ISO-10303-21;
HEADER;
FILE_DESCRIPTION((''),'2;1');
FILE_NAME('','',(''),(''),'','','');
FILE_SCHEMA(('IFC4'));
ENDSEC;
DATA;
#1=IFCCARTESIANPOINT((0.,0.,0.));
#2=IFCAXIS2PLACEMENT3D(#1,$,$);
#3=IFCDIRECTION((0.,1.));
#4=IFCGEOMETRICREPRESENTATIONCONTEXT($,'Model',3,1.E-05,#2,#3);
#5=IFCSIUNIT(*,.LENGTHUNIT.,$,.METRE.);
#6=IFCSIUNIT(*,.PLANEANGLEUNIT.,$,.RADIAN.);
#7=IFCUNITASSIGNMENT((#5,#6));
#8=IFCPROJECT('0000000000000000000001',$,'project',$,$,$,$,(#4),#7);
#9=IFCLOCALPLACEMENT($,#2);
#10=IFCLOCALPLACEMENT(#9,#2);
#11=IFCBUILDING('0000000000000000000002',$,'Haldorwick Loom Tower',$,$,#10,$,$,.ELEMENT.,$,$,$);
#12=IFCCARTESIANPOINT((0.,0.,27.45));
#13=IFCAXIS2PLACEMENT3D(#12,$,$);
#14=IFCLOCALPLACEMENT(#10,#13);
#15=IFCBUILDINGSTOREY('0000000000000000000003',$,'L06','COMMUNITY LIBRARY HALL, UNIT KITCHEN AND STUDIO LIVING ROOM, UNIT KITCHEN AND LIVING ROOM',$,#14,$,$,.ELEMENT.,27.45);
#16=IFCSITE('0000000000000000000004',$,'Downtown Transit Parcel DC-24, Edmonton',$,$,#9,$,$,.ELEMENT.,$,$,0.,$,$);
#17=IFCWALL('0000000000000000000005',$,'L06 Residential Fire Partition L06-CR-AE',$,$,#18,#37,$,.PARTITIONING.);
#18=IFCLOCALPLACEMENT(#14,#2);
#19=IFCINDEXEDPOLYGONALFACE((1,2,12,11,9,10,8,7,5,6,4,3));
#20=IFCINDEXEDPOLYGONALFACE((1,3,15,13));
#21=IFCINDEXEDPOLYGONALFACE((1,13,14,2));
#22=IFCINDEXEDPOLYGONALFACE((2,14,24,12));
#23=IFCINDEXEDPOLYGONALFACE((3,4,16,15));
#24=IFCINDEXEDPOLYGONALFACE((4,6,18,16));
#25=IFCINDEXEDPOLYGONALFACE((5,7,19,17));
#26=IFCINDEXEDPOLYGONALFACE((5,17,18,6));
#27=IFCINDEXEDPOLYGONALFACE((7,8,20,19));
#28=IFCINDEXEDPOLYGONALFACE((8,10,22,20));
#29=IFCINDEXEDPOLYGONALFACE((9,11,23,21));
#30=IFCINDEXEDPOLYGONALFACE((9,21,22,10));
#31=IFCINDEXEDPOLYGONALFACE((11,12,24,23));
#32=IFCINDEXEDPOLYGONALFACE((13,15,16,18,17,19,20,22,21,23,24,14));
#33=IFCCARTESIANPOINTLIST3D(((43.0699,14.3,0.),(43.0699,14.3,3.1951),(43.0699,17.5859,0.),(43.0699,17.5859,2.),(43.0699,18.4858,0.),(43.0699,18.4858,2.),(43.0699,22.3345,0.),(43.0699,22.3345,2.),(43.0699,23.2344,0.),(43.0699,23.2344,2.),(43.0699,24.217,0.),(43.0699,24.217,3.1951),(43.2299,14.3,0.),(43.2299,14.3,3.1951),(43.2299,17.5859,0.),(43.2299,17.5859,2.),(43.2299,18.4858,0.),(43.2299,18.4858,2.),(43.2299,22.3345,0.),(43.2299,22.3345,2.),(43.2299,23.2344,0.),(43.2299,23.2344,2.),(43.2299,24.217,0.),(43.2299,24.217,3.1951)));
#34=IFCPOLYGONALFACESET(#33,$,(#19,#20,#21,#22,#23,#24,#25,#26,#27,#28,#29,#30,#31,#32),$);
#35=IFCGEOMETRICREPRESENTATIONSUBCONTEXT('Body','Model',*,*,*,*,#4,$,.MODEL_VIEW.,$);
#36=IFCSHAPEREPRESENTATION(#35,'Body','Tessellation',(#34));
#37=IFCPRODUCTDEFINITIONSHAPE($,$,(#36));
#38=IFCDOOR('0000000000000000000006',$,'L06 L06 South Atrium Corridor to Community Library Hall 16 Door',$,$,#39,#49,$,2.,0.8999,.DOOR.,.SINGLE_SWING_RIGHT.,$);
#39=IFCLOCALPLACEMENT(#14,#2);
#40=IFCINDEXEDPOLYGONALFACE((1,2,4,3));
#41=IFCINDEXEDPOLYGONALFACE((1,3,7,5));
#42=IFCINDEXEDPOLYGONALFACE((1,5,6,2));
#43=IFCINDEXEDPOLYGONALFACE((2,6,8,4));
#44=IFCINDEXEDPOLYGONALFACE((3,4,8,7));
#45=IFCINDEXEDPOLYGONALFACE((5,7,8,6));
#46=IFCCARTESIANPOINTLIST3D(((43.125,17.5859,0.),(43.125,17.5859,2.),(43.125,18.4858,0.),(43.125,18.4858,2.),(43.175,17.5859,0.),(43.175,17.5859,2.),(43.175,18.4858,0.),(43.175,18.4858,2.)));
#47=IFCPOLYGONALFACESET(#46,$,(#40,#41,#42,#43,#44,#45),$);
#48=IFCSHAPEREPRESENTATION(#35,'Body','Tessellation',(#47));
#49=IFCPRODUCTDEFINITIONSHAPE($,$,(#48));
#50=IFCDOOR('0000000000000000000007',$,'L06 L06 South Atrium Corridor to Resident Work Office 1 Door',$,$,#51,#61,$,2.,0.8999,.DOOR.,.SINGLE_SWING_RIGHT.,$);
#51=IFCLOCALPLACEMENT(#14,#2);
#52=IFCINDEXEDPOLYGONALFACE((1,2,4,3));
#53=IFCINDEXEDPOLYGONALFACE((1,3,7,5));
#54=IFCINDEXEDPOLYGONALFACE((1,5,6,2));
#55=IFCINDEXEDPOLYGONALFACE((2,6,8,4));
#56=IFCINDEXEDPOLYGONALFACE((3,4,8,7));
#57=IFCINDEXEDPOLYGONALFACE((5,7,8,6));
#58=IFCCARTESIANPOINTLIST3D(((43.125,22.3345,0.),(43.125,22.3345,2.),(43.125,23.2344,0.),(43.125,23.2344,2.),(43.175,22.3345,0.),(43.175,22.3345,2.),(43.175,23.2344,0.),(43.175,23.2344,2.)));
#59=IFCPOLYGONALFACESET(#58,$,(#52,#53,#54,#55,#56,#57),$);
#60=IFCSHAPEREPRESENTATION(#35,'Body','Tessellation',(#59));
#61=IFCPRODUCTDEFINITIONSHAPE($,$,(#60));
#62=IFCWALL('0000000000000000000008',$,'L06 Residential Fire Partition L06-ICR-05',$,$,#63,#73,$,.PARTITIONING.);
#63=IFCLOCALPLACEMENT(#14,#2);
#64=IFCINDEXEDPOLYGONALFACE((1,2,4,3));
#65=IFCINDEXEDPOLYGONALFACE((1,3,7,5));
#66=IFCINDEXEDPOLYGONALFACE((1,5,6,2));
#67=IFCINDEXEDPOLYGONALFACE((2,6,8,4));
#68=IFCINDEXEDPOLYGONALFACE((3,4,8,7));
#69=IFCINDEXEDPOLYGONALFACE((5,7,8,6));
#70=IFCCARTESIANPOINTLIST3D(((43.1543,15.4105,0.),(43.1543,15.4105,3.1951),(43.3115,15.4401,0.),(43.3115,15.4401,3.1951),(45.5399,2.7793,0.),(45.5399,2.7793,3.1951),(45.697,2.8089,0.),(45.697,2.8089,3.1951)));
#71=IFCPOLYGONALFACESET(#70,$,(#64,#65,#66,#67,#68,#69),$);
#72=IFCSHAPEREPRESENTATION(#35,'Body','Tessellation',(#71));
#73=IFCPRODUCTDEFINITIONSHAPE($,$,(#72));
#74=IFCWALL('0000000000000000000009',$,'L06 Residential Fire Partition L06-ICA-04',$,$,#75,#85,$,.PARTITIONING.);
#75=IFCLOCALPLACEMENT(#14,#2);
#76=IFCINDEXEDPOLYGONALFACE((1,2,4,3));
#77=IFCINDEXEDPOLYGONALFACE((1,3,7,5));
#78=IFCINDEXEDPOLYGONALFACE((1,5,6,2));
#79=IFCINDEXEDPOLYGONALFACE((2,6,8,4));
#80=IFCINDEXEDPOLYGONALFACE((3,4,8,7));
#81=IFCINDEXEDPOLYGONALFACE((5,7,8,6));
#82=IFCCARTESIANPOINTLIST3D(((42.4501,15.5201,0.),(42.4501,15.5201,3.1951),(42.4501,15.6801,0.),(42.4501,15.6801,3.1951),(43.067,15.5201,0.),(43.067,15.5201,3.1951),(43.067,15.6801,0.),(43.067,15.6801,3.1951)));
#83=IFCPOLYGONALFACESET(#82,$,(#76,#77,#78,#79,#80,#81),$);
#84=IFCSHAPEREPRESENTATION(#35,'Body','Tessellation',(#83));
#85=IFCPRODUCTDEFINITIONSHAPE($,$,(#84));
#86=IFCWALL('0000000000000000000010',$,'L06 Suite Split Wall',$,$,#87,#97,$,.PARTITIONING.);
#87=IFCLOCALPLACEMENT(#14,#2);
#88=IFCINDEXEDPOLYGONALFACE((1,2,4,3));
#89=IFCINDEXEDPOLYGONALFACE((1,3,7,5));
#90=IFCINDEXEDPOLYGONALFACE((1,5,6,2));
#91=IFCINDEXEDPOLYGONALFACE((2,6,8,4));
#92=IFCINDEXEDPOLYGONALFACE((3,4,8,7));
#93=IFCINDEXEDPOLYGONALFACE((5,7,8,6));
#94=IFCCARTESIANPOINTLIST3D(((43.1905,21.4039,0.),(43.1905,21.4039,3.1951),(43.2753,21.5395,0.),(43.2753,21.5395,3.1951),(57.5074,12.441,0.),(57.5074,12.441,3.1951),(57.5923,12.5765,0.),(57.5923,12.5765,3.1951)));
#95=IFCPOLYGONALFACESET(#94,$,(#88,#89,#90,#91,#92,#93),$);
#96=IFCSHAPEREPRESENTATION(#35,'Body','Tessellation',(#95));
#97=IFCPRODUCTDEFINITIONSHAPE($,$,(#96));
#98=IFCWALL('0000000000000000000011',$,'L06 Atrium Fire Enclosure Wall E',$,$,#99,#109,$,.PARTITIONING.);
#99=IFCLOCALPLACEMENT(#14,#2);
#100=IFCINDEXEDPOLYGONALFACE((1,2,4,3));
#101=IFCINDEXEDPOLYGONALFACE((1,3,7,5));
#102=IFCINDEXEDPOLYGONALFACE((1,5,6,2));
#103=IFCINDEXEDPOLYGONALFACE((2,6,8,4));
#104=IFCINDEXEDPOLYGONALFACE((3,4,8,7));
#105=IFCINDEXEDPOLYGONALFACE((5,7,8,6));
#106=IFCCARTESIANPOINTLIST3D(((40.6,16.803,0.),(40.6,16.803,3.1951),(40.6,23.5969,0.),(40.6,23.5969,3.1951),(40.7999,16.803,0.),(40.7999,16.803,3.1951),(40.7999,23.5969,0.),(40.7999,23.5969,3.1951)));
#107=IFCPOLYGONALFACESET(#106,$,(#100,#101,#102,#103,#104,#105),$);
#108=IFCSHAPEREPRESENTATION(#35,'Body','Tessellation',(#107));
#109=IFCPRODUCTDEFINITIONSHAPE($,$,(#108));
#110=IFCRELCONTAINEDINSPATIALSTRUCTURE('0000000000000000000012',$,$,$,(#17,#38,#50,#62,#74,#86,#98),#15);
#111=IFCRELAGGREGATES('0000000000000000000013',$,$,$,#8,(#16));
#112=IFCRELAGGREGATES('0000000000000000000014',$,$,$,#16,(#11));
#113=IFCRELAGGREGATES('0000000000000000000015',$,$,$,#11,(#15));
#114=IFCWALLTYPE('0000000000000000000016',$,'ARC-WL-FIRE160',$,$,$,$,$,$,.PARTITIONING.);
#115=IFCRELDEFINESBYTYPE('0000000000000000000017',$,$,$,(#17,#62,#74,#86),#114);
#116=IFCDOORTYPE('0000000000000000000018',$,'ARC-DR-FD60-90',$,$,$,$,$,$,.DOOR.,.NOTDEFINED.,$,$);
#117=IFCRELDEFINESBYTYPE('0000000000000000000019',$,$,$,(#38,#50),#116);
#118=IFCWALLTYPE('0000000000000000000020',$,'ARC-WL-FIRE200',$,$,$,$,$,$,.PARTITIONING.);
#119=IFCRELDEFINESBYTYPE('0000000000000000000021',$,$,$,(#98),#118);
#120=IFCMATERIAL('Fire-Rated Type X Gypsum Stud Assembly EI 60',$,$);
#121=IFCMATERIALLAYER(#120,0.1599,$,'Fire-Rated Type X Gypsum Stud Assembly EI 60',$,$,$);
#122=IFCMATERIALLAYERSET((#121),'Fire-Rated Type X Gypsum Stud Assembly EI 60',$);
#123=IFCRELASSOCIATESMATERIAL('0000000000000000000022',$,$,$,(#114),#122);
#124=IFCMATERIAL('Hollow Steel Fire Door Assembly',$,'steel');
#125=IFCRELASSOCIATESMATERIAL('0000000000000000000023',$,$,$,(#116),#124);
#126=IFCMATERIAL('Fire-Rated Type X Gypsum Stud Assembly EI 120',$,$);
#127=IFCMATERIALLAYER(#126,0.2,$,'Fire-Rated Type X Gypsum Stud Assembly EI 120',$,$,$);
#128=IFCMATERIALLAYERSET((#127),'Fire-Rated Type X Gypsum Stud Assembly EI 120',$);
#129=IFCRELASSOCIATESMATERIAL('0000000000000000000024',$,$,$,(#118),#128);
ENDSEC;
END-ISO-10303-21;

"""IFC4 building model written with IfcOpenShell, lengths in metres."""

from ifc_helpers import new_model, si_unit, direction, frame, frame_2d, origin, place, context, subcontext, project, spatial, rectangle, extrude, material, layer, layer_set, type_object, element, fill, save


model = new_model("IFC4")

# Units and contexts
model_context = context("Model", 3, precision=1e-05, world=origin(), true_north=direction((0.0, 1.0)))
body_context = subcontext(model_context, "Body", "Model", "MODEL_VIEW")
ifc_project = project(units=[si_unit("LENGTHUNIT", "METRE"), si_unit("PLANEANGLEUNIT", "RADIAN")], contexts=[model_context])

# Site, building, storey
site_placement = place(None, origin())
site = spatial("IfcSite", under=ifc_project, at=site_placement, Name="Downtown Transit Parcel DC-24, Edmonton", CompositionType="ELEMENT", RefElevation=0.0)
building_placement = place(site_placement, origin())
building = spatial("IfcBuilding", under=site, at=building_placement, Name="Haldorwick Loom Tower", CompositionType="ELEMENT")
storey_placement = place(building_placement, frame((0.0, 0.0, 27.45)))
storey = spatial("IfcBuildingStorey", under=building, at=storey_placement, Name="L06", Description="COMMUNITY LIBRARY HALL, UNIT KITCHEN AND STUDIO LIVING ROOM, UNIT KITCHEN AND LIVING ROOM", CompositionType="ELEMENT", Elevation=27.45)

# Wall, openings, doors
ifc_material_1 = material(Name="Fire-Rated Type X Gypsum Stud Assembly EI 60")
ifc_layer_1 = layer(ifc_material_1, 0.1599, Name="Fire-Rated Type X Gypsum Stud Assembly EI 60")
ifc_layer_set_1 = layer_set([ifc_layer_1], Name="Fire-Rated Type X Gypsum Stud Assembly EI 60")
wall_type_1 = type_object("IfcWallType", Name="ARC-WL-FIRE160", PredefinedType="PARTITIONING", material=ifc_layer_set_1)
wall_1_placement = place(storey_placement, frame((43.1499, 14.3, 0.0), z_axis=(0.0, 0.0, 1.0), x_axis=(0.0, 1.0, 0.0)))
wall_1 = element("IfcWall", 1, at=wall_1_placement, inside=storey, type_object=wall_type_1, Name="L06 Residential Fire Partition L06-CR-AE", PredefinedType="PARTITIONING", context=body_context, shape_type="SweptSolid", body=[
    extrude(rectangle(XDim=9.917, YDim=0.1599, at=frame_2d((4.9585, 0.0))), origin(), (0.0, 0.0, 1.0), 3.1951),
])
opening_1_placement = place(wall_1_placement, frame((3.2859, 0.0, 0.0)))
opening_1 = element("IfcOpeningElement", 2, at=opening_1_placement, cuts=wall_1, PredefinedType="OPENING", context=body_context, shape_type="SweptSolid", body=[
    extrude(rectangle(XDim=0.8999, YDim=2.0, at=frame_2d((0.45, 1.0))), frame((0.0, 0.0898, 0.0), z_axis=(0.0, -1.0, 0.0), x_axis=(1.0, 0.0, 0.0)), (0.0, 0.0, 1.0), 0.1799),
])
opening_2_placement = place(wall_1_placement, frame((8.0344, 0.0, 0.0)))
opening_2 = element("IfcOpeningElement", 3, at=opening_2_placement, cuts=wall_1, PredefinedType="OPENING", context=body_context, shape_type="SweptSolid", body=[
    extrude(rectangle(XDim=0.8999, YDim=2.0, at=frame_2d((0.45, 1.0))), frame((0.0, 0.0898, 0.0), z_axis=(0.0, -1.0, 0.0), x_axis=(1.0, 0.0, 0.0)), (0.0, 0.0, 1.0), 0.1799),
])
ifc_material_2 = material(Name="Hollow Steel Fire Door Assembly", Category="steel")
door_type = type_object("IfcDoorType", Name="ARC-DR-FD60-90", OperationType="NOTDEFINED", PredefinedType="DOOR", material=ifc_material_2)
door_1_placement = place(opening_1_placement, origin())
door_1 = element("IfcDoor", 4, at=door_1_placement, inside=storey, type_object=door_type, Name="L06 L06 South Atrium Corridor to Community Library Hall 16 Door", OperationType="SINGLE_SWING_RIGHT", OverallHeight=2.0, OverallWidth=0.8999, PredefinedType="DOOR", context=body_context, shape_type="SweptSolid", body=[
    extrude(rectangle(XDim=0.8999, YDim=2.0, at=frame_2d((0.45, 1.0))), frame((0.0, 0.0249, 0.0), z_axis=(0.0, -1.0, 0.0), x_axis=(1.0, 0.0, 0.0)), (0.0, 0.0, 1.0), 0.05),
])
fill(opening_1, door_1)
door_2_placement = place(opening_2_placement, origin())
door_2 = element("IfcDoor", 5, at=door_2_placement, inside=storey, type_object=door_type, Name="L06 L06 South Atrium Corridor to Resident Work Office 1 Door", OperationType="SINGLE_SWING_RIGHT", OverallHeight=2.0, OverallWidth=0.8999, PredefinedType="DOOR", context=body_context, shape_type="SweptSolid", body=[
    extrude(rectangle(XDim=0.8999, YDim=2.0, at=frame_2d((0.45, 1.0))), frame((0.0, 0.0249, 0.0), z_axis=(0.0, -1.0, 0.0), x_axis=(1.0, 0.0, 0.0)), (0.0, 0.0, 1.0), 0.05),
])
fill(opening_2, door_2)

# Walls
wall_2_placement = place(storey_placement, frame((43.2329, 15.4253, 0.0), z_axis=(0.0, 0.0, 1.0), x_axis=(0.185578, -0.982629, 0.0)))
element("IfcWall", 6, at=wall_2_placement, inside=storey, type_object=wall_type_1, Name="L06 Residential Fire Partition L06-ICR-05", PredefinedType="PARTITIONING", context=body_context, shape_type="SweptSolid", body=[
    extrude(rectangle(XDim=12.8545, YDim=0.1599, at=frame_2d((6.4272, 0.0))), origin(), (0.0, 0.0, 1.0), 3.1951),
])
wall_3_placement = place(storey_placement, frame((42.45, 15.6001, 0.0), z_axis=(0.0, 0.0, 1.0), x_axis=(1.0, 0.0, 0.0)))
element("IfcWall", 7, at=wall_3_placement, inside=storey, type_object=wall_type_1, Name="L06 Residential Fire Partition L06-ICA-04", PredefinedType="PARTITIONING", context=body_context, shape_type="SweptSolid", body=[
    extrude(rectangle(XDim=0.6169, YDim=0.1599, at=frame_2d((0.3086, 0.0))), origin(), (0.0, 0.0, 1.0), 3.1951),
])
wall_4_placement = place(storey_placement, frame((43.2329, 21.4717, 0.0), z_axis=(0.0, 0.0, 1.0), x_axis=(0.847603, -0.53063, 0.0)))
element("IfcWall", 8, at=wall_4_placement, inside=storey, type_object=wall_type_1, Name="L06 Suite Split Wall", PredefinedType="PARTITIONING", context=body_context, shape_type="SweptSolid", body=[
    extrude(rectangle(XDim=16.8911, YDim=0.1599, at=frame_2d((8.4456, 0.0))), origin(), (0.0, 0.0, 1.0), 3.1951),
])
ifc_material_3 = material(Name="Fire-Rated Type X Gypsum Stud Assembly EI 120")
ifc_layer_2 = layer(ifc_material_3, 0.2, Name="Fire-Rated Type X Gypsum Stud Assembly EI 120")
ifc_layer_set_2 = layer_set([ifc_layer_2], Name="Fire-Rated Type X Gypsum Stud Assembly EI 120")
wall_type_2 = type_object("IfcWallType", Name="ARC-WL-FIRE200", PredefinedType="PARTITIONING", material=ifc_layer_set_2)
wall_5_placement = place(storey_placement, frame((40.7, 23.5969, 0.0), z_axis=(0.0, 0.0, 1.0), x_axis=(0.0, -1.0, 0.0)))
element("IfcWall", 9, at=wall_5_placement, inside=storey, type_object=wall_type_2, Name="L06 Atrium Fire Enclosure Wall E", PredefinedType="PARTITIONING", context=body_context, shape_type="SweptSolid", body=[
    extrude(rectangle(XDim=6.7939, YDim=0.2, at=frame_2d((3.397, 0.0))), origin(), (0.0, 0.0, 1.0), 3.1951),
])

save(model, "model.ifc")
